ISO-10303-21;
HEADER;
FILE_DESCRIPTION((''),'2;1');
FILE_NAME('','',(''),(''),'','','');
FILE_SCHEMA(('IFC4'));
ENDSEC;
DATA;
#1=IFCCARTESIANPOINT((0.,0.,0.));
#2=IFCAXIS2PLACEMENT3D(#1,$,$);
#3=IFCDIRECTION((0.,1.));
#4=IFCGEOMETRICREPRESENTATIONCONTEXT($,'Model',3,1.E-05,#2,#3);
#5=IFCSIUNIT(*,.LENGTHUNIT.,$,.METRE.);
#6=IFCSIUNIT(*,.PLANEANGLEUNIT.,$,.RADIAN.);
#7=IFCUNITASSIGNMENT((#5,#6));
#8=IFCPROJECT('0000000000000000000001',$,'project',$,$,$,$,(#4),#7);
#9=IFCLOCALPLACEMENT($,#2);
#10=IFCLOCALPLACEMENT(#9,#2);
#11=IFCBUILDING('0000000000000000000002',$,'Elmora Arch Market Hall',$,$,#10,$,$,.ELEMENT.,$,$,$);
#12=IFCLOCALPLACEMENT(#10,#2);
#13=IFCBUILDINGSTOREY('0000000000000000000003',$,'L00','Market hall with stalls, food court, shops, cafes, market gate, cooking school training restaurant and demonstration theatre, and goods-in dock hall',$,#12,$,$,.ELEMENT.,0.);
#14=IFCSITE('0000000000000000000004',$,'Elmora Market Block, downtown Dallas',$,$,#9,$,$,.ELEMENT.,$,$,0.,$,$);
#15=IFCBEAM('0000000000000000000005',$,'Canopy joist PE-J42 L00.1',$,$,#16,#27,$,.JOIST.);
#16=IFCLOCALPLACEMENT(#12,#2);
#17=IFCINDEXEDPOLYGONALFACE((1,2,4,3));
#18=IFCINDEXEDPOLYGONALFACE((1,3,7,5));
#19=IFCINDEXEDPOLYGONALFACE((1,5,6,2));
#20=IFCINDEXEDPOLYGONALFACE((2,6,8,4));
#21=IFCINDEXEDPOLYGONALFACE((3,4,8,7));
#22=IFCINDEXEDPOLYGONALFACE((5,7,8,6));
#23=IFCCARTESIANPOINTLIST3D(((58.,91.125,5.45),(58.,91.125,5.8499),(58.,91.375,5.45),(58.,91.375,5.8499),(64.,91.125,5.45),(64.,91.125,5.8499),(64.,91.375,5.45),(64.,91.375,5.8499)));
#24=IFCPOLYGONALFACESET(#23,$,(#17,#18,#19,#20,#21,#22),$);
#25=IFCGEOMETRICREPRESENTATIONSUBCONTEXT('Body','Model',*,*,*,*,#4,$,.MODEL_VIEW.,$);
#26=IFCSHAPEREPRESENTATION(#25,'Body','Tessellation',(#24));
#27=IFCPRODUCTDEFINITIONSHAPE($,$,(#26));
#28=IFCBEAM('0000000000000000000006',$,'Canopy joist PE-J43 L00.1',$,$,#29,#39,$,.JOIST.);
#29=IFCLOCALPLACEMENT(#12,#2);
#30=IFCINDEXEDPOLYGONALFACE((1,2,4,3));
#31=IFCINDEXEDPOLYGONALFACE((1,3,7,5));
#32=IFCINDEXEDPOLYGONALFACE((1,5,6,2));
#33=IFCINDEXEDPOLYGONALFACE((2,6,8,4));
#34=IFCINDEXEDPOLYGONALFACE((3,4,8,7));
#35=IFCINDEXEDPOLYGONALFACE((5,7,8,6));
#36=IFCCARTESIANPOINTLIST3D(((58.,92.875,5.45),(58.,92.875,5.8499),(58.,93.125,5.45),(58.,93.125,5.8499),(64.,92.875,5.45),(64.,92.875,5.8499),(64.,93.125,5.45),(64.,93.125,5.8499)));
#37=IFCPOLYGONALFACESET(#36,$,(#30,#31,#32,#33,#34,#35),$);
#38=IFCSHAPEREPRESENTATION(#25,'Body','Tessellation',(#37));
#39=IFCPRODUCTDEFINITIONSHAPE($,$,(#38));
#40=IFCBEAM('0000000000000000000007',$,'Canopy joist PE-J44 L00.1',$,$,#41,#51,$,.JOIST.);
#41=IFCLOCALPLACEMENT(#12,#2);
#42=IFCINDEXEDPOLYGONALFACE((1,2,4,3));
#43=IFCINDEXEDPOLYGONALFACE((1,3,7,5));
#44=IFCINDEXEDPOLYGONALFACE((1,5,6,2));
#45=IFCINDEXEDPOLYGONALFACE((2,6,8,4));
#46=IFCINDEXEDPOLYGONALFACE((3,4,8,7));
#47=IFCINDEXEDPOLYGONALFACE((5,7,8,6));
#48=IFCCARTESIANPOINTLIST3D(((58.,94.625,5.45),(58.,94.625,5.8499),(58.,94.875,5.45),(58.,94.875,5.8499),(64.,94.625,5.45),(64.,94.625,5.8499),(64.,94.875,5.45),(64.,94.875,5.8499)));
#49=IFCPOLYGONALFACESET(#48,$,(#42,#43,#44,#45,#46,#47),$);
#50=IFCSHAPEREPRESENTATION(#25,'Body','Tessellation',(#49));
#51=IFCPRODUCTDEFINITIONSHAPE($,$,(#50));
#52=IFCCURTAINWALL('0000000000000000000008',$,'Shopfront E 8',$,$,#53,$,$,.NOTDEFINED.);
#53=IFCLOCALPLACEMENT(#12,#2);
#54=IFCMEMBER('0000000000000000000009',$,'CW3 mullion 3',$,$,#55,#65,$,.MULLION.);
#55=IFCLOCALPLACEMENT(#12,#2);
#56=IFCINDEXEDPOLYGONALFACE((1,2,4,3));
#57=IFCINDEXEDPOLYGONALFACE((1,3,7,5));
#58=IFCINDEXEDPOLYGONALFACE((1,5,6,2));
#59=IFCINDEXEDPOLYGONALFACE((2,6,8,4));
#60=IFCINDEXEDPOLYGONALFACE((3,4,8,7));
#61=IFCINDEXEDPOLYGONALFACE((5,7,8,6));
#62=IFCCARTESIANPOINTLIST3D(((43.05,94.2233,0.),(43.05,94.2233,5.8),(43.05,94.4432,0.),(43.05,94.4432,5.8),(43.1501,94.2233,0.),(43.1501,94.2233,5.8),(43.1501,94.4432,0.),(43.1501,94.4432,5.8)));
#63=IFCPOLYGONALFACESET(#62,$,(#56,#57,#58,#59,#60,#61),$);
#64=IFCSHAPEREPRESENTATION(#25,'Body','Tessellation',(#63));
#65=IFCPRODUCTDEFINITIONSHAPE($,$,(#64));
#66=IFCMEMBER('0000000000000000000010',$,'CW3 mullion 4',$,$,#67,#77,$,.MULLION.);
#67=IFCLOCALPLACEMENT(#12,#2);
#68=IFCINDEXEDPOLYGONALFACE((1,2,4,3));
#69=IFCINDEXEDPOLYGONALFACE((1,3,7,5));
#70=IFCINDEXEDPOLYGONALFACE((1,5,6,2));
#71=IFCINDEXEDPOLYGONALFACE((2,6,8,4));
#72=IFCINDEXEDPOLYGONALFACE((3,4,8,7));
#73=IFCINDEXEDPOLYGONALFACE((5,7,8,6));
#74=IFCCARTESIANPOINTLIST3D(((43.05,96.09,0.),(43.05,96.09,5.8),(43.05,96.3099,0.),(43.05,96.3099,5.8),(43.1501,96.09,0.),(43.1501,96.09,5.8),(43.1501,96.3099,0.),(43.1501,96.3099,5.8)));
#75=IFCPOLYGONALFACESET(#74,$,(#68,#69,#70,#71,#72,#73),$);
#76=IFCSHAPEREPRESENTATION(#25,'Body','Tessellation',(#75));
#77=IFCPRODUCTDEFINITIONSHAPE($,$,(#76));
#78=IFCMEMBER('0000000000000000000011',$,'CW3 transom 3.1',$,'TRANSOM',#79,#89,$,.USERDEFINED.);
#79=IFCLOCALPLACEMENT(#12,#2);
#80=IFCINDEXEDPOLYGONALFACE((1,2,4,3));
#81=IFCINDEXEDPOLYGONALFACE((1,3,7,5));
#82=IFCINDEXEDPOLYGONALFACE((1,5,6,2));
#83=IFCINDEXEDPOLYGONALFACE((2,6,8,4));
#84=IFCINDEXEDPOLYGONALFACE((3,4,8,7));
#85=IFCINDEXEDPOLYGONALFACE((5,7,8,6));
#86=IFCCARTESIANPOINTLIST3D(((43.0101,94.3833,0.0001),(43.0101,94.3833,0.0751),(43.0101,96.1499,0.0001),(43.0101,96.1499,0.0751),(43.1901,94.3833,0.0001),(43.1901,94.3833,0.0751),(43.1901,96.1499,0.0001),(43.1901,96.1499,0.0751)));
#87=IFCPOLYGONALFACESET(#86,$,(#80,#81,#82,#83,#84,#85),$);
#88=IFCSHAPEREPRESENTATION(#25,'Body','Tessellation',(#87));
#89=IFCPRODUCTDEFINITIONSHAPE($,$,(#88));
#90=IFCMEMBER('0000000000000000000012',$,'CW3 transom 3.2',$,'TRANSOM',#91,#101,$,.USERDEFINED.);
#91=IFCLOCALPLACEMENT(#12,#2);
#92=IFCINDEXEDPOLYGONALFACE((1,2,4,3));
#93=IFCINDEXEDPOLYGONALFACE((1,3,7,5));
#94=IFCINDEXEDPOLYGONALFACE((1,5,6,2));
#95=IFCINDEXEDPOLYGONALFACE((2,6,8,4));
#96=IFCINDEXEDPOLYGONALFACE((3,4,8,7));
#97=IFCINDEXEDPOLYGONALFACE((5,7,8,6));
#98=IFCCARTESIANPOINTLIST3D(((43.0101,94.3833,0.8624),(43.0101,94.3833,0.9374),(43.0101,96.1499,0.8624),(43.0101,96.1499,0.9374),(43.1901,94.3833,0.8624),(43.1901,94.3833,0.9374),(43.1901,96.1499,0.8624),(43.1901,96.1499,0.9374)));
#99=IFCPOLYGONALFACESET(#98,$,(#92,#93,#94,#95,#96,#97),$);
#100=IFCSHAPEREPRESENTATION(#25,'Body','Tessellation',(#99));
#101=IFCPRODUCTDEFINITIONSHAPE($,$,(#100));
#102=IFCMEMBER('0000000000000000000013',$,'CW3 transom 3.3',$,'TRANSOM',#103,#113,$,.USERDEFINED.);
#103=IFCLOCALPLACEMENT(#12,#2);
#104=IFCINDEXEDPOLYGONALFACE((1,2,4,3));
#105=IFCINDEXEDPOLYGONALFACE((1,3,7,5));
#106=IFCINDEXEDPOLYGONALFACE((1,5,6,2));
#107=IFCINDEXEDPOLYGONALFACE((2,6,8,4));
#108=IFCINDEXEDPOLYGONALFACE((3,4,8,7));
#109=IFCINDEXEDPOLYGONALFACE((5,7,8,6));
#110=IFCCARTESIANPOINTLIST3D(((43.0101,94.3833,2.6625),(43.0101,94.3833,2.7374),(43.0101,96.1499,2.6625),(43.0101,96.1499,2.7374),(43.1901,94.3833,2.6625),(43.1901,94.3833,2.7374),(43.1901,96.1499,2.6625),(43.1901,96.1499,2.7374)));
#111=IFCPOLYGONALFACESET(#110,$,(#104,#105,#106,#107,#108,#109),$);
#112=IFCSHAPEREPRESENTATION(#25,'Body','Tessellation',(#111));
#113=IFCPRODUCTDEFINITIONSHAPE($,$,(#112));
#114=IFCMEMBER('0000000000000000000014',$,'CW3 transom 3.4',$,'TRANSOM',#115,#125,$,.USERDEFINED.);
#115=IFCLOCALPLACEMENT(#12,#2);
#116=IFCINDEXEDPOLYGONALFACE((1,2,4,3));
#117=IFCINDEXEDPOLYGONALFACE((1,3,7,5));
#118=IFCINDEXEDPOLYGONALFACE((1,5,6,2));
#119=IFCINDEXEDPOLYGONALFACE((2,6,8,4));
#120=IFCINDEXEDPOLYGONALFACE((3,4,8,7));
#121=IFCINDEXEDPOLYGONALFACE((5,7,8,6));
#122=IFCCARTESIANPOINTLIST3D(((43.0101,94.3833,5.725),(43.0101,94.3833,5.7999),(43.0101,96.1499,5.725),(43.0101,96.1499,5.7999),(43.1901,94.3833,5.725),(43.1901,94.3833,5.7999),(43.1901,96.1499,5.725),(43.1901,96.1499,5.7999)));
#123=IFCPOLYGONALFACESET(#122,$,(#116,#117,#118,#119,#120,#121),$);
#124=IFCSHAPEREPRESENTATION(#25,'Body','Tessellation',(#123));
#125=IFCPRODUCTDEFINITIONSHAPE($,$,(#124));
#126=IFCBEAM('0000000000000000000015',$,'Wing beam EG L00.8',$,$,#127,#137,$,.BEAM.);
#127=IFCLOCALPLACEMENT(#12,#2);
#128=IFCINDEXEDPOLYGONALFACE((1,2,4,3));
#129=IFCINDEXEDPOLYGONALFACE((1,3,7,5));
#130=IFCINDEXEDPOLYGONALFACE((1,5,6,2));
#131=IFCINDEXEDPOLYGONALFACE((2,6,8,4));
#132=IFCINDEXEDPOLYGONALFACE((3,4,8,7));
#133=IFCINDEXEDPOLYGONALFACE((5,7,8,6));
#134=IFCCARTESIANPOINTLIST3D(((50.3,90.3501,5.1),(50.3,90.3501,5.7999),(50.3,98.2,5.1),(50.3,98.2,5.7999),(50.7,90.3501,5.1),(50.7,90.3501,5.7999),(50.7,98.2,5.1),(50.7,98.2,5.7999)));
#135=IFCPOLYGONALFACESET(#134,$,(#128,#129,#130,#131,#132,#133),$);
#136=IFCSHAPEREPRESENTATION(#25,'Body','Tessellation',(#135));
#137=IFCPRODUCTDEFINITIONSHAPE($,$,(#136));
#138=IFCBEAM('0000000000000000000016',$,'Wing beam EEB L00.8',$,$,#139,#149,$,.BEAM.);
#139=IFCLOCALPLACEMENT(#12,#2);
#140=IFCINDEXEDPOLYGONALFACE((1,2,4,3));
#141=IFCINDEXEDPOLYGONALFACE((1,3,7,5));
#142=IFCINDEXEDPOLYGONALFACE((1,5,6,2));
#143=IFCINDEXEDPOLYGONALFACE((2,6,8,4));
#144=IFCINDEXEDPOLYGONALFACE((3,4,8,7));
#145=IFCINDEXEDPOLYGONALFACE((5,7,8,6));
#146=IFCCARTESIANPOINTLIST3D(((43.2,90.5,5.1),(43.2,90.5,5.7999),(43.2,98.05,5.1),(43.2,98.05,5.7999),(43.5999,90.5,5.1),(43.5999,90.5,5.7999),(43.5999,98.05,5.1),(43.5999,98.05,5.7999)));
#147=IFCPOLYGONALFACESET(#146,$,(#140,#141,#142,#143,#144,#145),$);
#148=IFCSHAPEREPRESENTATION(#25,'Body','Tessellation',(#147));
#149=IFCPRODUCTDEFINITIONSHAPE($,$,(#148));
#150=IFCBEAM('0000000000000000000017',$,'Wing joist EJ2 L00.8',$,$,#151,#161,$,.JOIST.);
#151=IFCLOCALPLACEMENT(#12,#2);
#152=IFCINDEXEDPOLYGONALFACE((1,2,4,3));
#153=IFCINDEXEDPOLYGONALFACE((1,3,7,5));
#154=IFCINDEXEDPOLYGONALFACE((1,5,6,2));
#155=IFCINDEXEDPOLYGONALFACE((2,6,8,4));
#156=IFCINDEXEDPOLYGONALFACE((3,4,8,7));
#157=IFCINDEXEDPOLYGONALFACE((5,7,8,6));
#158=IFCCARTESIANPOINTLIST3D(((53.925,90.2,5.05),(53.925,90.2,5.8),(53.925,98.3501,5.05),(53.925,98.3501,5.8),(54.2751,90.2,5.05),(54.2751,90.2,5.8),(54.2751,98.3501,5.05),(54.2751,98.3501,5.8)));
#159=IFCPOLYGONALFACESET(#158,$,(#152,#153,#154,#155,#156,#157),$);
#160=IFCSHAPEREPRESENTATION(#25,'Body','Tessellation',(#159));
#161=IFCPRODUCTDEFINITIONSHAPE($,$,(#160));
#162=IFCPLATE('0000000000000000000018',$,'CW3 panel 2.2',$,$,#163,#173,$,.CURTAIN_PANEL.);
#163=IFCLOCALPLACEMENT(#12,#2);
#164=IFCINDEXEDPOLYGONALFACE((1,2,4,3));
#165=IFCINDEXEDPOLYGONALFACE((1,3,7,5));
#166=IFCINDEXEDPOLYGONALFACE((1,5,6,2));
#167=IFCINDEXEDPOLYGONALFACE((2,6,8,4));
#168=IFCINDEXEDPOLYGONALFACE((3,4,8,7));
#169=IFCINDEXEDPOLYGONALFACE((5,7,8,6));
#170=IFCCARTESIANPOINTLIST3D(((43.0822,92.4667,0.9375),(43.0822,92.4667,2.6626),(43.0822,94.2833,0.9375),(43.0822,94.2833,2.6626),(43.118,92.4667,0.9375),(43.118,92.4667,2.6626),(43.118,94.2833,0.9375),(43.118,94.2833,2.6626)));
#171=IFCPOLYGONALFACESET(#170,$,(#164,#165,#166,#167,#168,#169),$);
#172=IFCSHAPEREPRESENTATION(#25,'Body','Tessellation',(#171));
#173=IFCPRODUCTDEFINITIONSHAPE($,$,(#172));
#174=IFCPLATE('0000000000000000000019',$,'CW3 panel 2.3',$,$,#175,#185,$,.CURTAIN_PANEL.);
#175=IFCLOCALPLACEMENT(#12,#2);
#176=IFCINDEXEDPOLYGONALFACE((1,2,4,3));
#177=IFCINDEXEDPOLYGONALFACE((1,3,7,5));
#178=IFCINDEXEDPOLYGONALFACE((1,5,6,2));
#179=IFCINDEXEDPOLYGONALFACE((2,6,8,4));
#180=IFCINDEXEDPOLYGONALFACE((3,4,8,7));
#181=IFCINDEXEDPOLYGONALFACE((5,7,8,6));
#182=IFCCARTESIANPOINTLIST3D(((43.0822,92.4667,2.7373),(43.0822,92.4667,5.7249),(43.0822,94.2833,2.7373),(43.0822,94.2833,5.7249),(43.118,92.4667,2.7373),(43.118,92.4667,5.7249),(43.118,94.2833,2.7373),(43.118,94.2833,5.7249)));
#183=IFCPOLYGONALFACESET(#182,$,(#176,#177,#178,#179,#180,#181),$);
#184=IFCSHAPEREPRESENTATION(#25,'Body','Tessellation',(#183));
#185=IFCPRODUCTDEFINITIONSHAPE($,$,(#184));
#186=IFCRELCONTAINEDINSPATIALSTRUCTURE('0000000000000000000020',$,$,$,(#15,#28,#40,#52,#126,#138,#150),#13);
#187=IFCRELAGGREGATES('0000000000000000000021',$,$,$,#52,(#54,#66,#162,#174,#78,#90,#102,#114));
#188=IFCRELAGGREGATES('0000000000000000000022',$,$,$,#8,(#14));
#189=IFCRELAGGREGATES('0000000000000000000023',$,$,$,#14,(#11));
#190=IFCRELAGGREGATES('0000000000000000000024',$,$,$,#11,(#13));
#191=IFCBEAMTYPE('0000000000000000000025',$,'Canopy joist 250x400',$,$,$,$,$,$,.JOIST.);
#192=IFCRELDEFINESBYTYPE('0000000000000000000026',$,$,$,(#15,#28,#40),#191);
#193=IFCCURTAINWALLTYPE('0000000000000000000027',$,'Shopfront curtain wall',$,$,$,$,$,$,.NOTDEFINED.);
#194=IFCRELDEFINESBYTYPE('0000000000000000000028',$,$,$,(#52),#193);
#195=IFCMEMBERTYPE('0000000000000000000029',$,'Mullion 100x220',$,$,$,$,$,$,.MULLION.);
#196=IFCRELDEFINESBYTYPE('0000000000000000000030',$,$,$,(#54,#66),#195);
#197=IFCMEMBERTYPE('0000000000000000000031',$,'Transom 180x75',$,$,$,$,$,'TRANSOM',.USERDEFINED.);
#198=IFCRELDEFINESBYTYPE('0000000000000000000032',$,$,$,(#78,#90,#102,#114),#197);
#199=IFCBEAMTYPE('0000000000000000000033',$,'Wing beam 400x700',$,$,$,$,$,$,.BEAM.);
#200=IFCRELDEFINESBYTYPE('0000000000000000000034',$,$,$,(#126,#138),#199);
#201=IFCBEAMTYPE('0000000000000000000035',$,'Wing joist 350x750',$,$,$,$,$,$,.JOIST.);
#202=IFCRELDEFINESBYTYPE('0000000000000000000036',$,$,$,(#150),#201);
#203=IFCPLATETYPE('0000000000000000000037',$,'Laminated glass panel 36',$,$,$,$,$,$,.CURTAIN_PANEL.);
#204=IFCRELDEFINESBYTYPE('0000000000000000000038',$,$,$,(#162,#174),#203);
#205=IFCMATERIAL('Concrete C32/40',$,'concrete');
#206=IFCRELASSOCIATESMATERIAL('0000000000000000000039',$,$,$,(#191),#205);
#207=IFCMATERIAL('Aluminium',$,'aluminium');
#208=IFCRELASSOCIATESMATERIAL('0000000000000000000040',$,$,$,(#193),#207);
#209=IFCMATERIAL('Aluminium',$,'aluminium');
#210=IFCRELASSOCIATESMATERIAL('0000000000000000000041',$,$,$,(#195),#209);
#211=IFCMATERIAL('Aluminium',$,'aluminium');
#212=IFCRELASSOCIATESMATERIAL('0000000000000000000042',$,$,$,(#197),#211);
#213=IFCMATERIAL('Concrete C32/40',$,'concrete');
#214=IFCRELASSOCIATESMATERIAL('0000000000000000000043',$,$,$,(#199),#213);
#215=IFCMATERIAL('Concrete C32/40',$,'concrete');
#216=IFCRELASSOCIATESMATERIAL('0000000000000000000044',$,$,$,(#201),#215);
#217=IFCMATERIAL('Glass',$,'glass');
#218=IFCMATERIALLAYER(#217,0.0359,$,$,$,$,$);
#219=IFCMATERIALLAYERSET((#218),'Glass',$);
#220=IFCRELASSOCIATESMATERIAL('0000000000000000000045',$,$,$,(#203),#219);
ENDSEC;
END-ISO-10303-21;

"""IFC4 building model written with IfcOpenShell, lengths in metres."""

from ifc_helpers import new_model, si_unit, direction, frame, origin, origin_2d, place, context, subcontext, project, spatial, rectangle, extrude, material, layer, layer_set, material_profile, profile_set, type_object, element, aggregate, save


model = new_model("IFC4")

# Units and contexts
model_context = context("Model", 3, precision=1e-05, world=origin(), true_north=direction((0.0, 1.0)))
body_context = subcontext(model_context, "Body", "Model", "MODEL_VIEW")
ifc_project = project(units=[si_unit("LENGTHUNIT", "METRE"), si_unit("PLANEANGLEUNIT", "RADIAN")], contexts=[model_context])

# Site, building, storey
site_placement = place(None, origin())
site = spatial("IfcSite", under=ifc_project, at=site_placement, Name="Elmora Market Block, downtown Dallas", CompositionType="ELEMENT", RefElevation=0.0)
building_placement = place(site_placement, origin())
building = spatial("IfcBuilding", under=site, at=building_placement, Name="Elmora Arch Market Hall", CompositionType="ELEMENT")
storey_placement = place(building_placement, origin())
storey = spatial("IfcBuildingStorey", under=building, at=storey_placement, Name="L00", Description="Market hall with stalls, food court, shops, cafes, market gate, cooking school training restaurant and demonstration theatre, and goods-in dock hall", CompositionType="ELEMENT", Elevation=0.0)

# Beams
ifc_material_1 = material(Name="Concrete C32/40", Category="concrete")
ifc_material_profile_1 = material_profile(ifc_material_1, rectangle(XDim=0.25, YDim=0.3999, at=origin_2d()), Name="Canopy joist 250x400")
ifc_profile_set_1 = profile_set([ifc_material_profile_1], Name="Concrete C32/40")
beam_type_1 = type_object("IfcBeamType", Name="Canopy joist 250x400", PredefinedType="JOIST", material=ifc_profile_set_1)
for number, where, z_axis, x_axis, name in (
    (1, (58.0, 91.25, 5.6499), (1.0, 0.0, 0.0), (0.0, 1.0, 0.0), "Canopy joist PE-J42 L00.1"),
    (2, (58.0, 93.0, 5.6499), (1.0, 0.0, 0.0), (0.0, 1.0, 0.0), "Canopy joist PE-J43 L00.1"),
    (3, (58.0, 94.75, 5.6499), (1.0, 0.0, 0.0), (0.0, 1.0, 0.0), "Canopy joist PE-J44 L00.1"),
):
    element("IfcBeam", number, at=place(storey_placement, frame(where, z_axis=z_axis, x_axis=x_axis)), inside=storey, type_object=beam_type_1, Name=name, PredefinedType="JOIST", context=body_context, shape_type="SweptSolid", body=[
        extrude(rectangle(XDim=0.25, YDim=0.3999, at=origin_2d()), origin(), (0.0, 0.0, 1.0), 6.0),
    ])

# Curtain wall, members
ifc_material_2 = material(Name="Aluminium", Category="aluminium")
curtain_wall_type = type_object("IfcCurtainWallType", Name="Shopfront curtain wall", PredefinedType="NOTDEFINED", material=ifc_material_2)
curtain_wall_placement = place(storey_placement, origin())
curtain_wall = element("IfcCurtainWall", 4, at=curtain_wall_placement, inside=storey, type_object=curtain_wall_type, Name="Shopfront E 8", PredefinedType="NOTDEFINED")
ifc_material_3 = material(Name="Aluminium", Category="aluminium")
ifc_material_profile_2 = material_profile(ifc_material_3, rectangle(XDim=0.1001, YDim=0.22, at=origin_2d()), Name="AL 100x220")
ifc_profile_set_2 = profile_set([ifc_material_profile_2], Name="Aluminium")
member_type_1 = type_object("IfcMemberType", Name="Mullion 100x220", PredefinedType="MULLION", material=ifc_profile_set_2)
member_1_placement = place(storey_placement, frame((43.1001, 94.3333, 0.0), z_axis=(0.0, 0.0, 1.0), x_axis=(-1.0, 0.0, 0.0)))
member_1 = element("IfcMember", 5, at=member_1_placement, type_object=member_type_1, Name="CW3 mullion 3", PredefinedType="MULLION", context=body_context, shape_type="SweptSolid", body=[
    extrude(rectangle(XDim=0.1001, YDim=0.22, at=origin_2d()), origin(), (0.0, 0.0, 1.0), 5.8),
])
member_2_placement = place(storey_placement, frame((43.1001, 96.2, 0.0), z_axis=(0.0, 0.0, 1.0), x_axis=(-1.0, 0.0, 0.0)))
member_2 = element("IfcMember", 6, at=member_2_placement, type_object=member_type_1, Name="CW3 mullion 4", PredefinedType="MULLION", context=body_context, shape_type="SweptSolid", body=[
    extrude(rectangle(XDim=0.1001, YDim=0.22, at=origin_2d()), origin(), (0.0, 0.0, 1.0), 5.8),
])
ifc_material_4 = material(Name="Aluminium", Category="aluminium")
ifc_material_profile_3 = material_profile(ifc_material_4, rectangle(XDim=0.1799, YDim=0.075, at=origin_2d()), Name="AL 180x75")
ifc_profile_set_3 = profile_set([ifc_material_profile_3], Name="Aluminium")
member_type_2 = type_object("IfcMemberType", Name="Transom 180x75", ElementType="TRANSOM", PredefinedType="USERDEFINED", material=ifc_profile_set_3)
member_3_placement = place(storey_placement, frame((43.1001, 94.3833, 0.0376), z_axis=(0.0, 1.0, 0.0), x_axis=(-1.0, 0.0, 0.0)))
member_3 = element("IfcMember", 7, at=member_3_placement, type_object=member_type_2, Name="CW3 transom 3.1", ObjectType="TRANSOM", PredefinedType="USERDEFINED", context=body_context, shape_type="SweptSolid", body=[
    extrude(rectangle(XDim=0.1799, YDim=0.075, at=origin_2d()), origin(), (0.0, 0.0, 1.0), 1.7666),
])
member_4_placement = place(storey_placement, frame((43.1001, 94.3833, 0.8999), z_axis=(0.0, 1.0, 0.0), x_axis=(-1.0, 0.0, 0.0)))
member_4 = element("IfcMember", 8, at=member_4_placement, type_object=member_type_2, Name="CW3 transom 3.2", ObjectType="TRANSOM", PredefinedType="USERDEFINED", context=body_context, shape_type="SweptSolid", body=[
    extrude(rectangle(XDim=0.1799, YDim=0.075, at=origin_2d()), origin(), (0.0, 0.0, 1.0), 1.7666),
])
member_5_placement = place(storey_placement, frame((43.1001, 94.3833, 2.7), z_axis=(0.0, 1.0, 0.0), x_axis=(-1.0, 0.0, 0.0)))
member_5 = element("IfcMember", 9, at=member_5_placement, type_object=member_type_2, Name="CW3 transom 3.3", ObjectType="TRANSOM", PredefinedType="USERDEFINED", context=body_context, shape_type="SweptSolid", body=[
    extrude(rectangle(XDim=0.1799, YDim=0.075, at=origin_2d()), origin(), (0.0, 0.0, 1.0), 1.7666),
])
member_6_placement = place(storey_placement, frame((43.1001, 94.3833, 5.7625), z_axis=(0.0, 1.0, 0.0), x_axis=(-1.0, 0.0, 0.0)))
member_6 = element("IfcMember", 10, at=member_6_placement, type_object=member_type_2, Name="CW3 transom 3.4", ObjectType="TRANSOM", PredefinedType="USERDEFINED", context=body_context, shape_type="SweptSolid", body=[
    extrude(rectangle(XDim=0.1799, YDim=0.075, at=origin_2d()), origin(), (0.0, 0.0, 1.0), 1.7666),
])

# Beams
ifc_material_5 = material(Name="Concrete C32/40", Category="concrete")
ifc_material_profile_4 = material_profile(ifc_material_5, rectangle(XDim=0.3999, YDim=0.7, at=origin_2d()), Name="Wing beam 400x700")
ifc_profile_set_4 = profile_set([ifc_material_profile_4], Name="Concrete C32/40")
beam_type_2 = type_object("IfcBeamType", Name="Wing beam 400x700", PredefinedType="BEAM", material=ifc_profile_set_4)
beam_1_placement = place(storey_placement, frame((50.5, 90.3501, 5.45), z_axis=(0.0, 1.0, 0.0), x_axis=(-1.0, 0.0, 0.0)))
element("IfcBeam", 11, at=beam_1_placement, inside=storey, type_object=beam_type_2, Name="Wing beam EG L00.8", PredefinedType="BEAM", context=body_context, shape_type="SweptSolid", body=[
    extrude(rectangle(XDim=0.3999, YDim=0.7, at=origin_2d()), origin(), (0.0, 0.0, 1.0), 7.8499),
])
beam_2_placement = place(storey_placement, frame((43.3999, 90.5, 5.45), z_axis=(0.0, 1.0, 0.0), x_axis=(-1.0, 0.0, 0.0)))
element("IfcBeam", 12, at=beam_2_placement, inside=storey, type_object=beam_type_2, Name="Wing beam EEB L00.8", PredefinedType="BEAM", context=body_context, shape_type="SweptSolid", body=[
    extrude(rectangle(XDim=0.3999, YDim=0.7, at=origin_2d()), origin(), (0.0, 0.0, 1.0), 7.55),
])
ifc_material_6 = material(Name="Concrete C32/40", Category="concrete")
ifc_material_profile_5 = material_profile(ifc_material_6, rectangle(XDim=0.3501, YDim=0.75, at=origin_2d()), Name="Wing joist 350x750")
ifc_profile_set_5 = profile_set([ifc_material_profile_5], Name="Concrete C32/40")
beam_type_3 = type_object("IfcBeamType", Name="Wing joist 350x750", PredefinedType="JOIST", material=ifc_profile_set_5)
beam_3_placement = place(storey_placement, frame((54.1001, 90.2, 5.425), z_axis=(0.0, 1.0, 0.0), x_axis=(-1.0, 0.0, 0.0)))
element("IfcBeam", 13, at=beam_3_placement, inside=storey, type_object=beam_type_3, Name="Wing joist EJ2 L00.8", PredefinedType="JOIST", context=body_context, shape_type="SweptSolid", body=[
    extrude(rectangle(XDim=0.3501, YDim=0.75, at=origin_2d()), origin(), (0.0, 0.0, 1.0), 8.1501),
])

# Plates
ifc_material_7 = material(Name="Glass", Category="glass")
ifc_layer_1 = layer(ifc_material_7, 0.0359)
ifc_layer_set_1 = layer_set([ifc_layer_1], Name="Glass")
plate_type = type_object("IfcPlateType", Name="Laminated glass panel 36", PredefinedType="CURTAIN_PANEL", material=ifc_layer_set_1)
plate_1_placement = place(storey_placement, frame((43.1001, 93.375, 0.9375), z_axis=(0.0, 0.0, 1.0), x_axis=(0.0, 1.0, 0.0)))
plate_1 = element("IfcPlate", 14, at=plate_1_placement, type_object=plate_type, Name="CW3 panel 2.2", PredefinedType="CURTAIN_PANEL", context=body_context, shape_type="SweptSolid", body=[
    extrude(rectangle(XDim=1.8167, YDim=0.0359, at=origin_2d()), origin(), (0.0, 0.0, 1.0), 1.7251),
])
plate_2_placement = place(storey_placement, frame((43.1001, 93.375, 2.7373), z_axis=(0.0, 0.0, 1.0), x_axis=(0.0, 1.0, 0.0)))
plate_2 = element("IfcPlate", 15, at=plate_2_placement, type_object=plate_type, Name="CW3 panel 2.3", PredefinedType="CURTAIN_PANEL", context=body_context, shape_type="SweptSolid", body=[
    extrude(rectangle(XDim=1.8167, YDim=0.0359, at=origin_2d()), origin(), (0.0, 0.0, 1.0), 2.9875),
])
aggregate(curtain_wall, [member_1, member_2, plate_1, plate_2, member_3, member_4, member_5, member_6])

save(model, "model.ifc")
